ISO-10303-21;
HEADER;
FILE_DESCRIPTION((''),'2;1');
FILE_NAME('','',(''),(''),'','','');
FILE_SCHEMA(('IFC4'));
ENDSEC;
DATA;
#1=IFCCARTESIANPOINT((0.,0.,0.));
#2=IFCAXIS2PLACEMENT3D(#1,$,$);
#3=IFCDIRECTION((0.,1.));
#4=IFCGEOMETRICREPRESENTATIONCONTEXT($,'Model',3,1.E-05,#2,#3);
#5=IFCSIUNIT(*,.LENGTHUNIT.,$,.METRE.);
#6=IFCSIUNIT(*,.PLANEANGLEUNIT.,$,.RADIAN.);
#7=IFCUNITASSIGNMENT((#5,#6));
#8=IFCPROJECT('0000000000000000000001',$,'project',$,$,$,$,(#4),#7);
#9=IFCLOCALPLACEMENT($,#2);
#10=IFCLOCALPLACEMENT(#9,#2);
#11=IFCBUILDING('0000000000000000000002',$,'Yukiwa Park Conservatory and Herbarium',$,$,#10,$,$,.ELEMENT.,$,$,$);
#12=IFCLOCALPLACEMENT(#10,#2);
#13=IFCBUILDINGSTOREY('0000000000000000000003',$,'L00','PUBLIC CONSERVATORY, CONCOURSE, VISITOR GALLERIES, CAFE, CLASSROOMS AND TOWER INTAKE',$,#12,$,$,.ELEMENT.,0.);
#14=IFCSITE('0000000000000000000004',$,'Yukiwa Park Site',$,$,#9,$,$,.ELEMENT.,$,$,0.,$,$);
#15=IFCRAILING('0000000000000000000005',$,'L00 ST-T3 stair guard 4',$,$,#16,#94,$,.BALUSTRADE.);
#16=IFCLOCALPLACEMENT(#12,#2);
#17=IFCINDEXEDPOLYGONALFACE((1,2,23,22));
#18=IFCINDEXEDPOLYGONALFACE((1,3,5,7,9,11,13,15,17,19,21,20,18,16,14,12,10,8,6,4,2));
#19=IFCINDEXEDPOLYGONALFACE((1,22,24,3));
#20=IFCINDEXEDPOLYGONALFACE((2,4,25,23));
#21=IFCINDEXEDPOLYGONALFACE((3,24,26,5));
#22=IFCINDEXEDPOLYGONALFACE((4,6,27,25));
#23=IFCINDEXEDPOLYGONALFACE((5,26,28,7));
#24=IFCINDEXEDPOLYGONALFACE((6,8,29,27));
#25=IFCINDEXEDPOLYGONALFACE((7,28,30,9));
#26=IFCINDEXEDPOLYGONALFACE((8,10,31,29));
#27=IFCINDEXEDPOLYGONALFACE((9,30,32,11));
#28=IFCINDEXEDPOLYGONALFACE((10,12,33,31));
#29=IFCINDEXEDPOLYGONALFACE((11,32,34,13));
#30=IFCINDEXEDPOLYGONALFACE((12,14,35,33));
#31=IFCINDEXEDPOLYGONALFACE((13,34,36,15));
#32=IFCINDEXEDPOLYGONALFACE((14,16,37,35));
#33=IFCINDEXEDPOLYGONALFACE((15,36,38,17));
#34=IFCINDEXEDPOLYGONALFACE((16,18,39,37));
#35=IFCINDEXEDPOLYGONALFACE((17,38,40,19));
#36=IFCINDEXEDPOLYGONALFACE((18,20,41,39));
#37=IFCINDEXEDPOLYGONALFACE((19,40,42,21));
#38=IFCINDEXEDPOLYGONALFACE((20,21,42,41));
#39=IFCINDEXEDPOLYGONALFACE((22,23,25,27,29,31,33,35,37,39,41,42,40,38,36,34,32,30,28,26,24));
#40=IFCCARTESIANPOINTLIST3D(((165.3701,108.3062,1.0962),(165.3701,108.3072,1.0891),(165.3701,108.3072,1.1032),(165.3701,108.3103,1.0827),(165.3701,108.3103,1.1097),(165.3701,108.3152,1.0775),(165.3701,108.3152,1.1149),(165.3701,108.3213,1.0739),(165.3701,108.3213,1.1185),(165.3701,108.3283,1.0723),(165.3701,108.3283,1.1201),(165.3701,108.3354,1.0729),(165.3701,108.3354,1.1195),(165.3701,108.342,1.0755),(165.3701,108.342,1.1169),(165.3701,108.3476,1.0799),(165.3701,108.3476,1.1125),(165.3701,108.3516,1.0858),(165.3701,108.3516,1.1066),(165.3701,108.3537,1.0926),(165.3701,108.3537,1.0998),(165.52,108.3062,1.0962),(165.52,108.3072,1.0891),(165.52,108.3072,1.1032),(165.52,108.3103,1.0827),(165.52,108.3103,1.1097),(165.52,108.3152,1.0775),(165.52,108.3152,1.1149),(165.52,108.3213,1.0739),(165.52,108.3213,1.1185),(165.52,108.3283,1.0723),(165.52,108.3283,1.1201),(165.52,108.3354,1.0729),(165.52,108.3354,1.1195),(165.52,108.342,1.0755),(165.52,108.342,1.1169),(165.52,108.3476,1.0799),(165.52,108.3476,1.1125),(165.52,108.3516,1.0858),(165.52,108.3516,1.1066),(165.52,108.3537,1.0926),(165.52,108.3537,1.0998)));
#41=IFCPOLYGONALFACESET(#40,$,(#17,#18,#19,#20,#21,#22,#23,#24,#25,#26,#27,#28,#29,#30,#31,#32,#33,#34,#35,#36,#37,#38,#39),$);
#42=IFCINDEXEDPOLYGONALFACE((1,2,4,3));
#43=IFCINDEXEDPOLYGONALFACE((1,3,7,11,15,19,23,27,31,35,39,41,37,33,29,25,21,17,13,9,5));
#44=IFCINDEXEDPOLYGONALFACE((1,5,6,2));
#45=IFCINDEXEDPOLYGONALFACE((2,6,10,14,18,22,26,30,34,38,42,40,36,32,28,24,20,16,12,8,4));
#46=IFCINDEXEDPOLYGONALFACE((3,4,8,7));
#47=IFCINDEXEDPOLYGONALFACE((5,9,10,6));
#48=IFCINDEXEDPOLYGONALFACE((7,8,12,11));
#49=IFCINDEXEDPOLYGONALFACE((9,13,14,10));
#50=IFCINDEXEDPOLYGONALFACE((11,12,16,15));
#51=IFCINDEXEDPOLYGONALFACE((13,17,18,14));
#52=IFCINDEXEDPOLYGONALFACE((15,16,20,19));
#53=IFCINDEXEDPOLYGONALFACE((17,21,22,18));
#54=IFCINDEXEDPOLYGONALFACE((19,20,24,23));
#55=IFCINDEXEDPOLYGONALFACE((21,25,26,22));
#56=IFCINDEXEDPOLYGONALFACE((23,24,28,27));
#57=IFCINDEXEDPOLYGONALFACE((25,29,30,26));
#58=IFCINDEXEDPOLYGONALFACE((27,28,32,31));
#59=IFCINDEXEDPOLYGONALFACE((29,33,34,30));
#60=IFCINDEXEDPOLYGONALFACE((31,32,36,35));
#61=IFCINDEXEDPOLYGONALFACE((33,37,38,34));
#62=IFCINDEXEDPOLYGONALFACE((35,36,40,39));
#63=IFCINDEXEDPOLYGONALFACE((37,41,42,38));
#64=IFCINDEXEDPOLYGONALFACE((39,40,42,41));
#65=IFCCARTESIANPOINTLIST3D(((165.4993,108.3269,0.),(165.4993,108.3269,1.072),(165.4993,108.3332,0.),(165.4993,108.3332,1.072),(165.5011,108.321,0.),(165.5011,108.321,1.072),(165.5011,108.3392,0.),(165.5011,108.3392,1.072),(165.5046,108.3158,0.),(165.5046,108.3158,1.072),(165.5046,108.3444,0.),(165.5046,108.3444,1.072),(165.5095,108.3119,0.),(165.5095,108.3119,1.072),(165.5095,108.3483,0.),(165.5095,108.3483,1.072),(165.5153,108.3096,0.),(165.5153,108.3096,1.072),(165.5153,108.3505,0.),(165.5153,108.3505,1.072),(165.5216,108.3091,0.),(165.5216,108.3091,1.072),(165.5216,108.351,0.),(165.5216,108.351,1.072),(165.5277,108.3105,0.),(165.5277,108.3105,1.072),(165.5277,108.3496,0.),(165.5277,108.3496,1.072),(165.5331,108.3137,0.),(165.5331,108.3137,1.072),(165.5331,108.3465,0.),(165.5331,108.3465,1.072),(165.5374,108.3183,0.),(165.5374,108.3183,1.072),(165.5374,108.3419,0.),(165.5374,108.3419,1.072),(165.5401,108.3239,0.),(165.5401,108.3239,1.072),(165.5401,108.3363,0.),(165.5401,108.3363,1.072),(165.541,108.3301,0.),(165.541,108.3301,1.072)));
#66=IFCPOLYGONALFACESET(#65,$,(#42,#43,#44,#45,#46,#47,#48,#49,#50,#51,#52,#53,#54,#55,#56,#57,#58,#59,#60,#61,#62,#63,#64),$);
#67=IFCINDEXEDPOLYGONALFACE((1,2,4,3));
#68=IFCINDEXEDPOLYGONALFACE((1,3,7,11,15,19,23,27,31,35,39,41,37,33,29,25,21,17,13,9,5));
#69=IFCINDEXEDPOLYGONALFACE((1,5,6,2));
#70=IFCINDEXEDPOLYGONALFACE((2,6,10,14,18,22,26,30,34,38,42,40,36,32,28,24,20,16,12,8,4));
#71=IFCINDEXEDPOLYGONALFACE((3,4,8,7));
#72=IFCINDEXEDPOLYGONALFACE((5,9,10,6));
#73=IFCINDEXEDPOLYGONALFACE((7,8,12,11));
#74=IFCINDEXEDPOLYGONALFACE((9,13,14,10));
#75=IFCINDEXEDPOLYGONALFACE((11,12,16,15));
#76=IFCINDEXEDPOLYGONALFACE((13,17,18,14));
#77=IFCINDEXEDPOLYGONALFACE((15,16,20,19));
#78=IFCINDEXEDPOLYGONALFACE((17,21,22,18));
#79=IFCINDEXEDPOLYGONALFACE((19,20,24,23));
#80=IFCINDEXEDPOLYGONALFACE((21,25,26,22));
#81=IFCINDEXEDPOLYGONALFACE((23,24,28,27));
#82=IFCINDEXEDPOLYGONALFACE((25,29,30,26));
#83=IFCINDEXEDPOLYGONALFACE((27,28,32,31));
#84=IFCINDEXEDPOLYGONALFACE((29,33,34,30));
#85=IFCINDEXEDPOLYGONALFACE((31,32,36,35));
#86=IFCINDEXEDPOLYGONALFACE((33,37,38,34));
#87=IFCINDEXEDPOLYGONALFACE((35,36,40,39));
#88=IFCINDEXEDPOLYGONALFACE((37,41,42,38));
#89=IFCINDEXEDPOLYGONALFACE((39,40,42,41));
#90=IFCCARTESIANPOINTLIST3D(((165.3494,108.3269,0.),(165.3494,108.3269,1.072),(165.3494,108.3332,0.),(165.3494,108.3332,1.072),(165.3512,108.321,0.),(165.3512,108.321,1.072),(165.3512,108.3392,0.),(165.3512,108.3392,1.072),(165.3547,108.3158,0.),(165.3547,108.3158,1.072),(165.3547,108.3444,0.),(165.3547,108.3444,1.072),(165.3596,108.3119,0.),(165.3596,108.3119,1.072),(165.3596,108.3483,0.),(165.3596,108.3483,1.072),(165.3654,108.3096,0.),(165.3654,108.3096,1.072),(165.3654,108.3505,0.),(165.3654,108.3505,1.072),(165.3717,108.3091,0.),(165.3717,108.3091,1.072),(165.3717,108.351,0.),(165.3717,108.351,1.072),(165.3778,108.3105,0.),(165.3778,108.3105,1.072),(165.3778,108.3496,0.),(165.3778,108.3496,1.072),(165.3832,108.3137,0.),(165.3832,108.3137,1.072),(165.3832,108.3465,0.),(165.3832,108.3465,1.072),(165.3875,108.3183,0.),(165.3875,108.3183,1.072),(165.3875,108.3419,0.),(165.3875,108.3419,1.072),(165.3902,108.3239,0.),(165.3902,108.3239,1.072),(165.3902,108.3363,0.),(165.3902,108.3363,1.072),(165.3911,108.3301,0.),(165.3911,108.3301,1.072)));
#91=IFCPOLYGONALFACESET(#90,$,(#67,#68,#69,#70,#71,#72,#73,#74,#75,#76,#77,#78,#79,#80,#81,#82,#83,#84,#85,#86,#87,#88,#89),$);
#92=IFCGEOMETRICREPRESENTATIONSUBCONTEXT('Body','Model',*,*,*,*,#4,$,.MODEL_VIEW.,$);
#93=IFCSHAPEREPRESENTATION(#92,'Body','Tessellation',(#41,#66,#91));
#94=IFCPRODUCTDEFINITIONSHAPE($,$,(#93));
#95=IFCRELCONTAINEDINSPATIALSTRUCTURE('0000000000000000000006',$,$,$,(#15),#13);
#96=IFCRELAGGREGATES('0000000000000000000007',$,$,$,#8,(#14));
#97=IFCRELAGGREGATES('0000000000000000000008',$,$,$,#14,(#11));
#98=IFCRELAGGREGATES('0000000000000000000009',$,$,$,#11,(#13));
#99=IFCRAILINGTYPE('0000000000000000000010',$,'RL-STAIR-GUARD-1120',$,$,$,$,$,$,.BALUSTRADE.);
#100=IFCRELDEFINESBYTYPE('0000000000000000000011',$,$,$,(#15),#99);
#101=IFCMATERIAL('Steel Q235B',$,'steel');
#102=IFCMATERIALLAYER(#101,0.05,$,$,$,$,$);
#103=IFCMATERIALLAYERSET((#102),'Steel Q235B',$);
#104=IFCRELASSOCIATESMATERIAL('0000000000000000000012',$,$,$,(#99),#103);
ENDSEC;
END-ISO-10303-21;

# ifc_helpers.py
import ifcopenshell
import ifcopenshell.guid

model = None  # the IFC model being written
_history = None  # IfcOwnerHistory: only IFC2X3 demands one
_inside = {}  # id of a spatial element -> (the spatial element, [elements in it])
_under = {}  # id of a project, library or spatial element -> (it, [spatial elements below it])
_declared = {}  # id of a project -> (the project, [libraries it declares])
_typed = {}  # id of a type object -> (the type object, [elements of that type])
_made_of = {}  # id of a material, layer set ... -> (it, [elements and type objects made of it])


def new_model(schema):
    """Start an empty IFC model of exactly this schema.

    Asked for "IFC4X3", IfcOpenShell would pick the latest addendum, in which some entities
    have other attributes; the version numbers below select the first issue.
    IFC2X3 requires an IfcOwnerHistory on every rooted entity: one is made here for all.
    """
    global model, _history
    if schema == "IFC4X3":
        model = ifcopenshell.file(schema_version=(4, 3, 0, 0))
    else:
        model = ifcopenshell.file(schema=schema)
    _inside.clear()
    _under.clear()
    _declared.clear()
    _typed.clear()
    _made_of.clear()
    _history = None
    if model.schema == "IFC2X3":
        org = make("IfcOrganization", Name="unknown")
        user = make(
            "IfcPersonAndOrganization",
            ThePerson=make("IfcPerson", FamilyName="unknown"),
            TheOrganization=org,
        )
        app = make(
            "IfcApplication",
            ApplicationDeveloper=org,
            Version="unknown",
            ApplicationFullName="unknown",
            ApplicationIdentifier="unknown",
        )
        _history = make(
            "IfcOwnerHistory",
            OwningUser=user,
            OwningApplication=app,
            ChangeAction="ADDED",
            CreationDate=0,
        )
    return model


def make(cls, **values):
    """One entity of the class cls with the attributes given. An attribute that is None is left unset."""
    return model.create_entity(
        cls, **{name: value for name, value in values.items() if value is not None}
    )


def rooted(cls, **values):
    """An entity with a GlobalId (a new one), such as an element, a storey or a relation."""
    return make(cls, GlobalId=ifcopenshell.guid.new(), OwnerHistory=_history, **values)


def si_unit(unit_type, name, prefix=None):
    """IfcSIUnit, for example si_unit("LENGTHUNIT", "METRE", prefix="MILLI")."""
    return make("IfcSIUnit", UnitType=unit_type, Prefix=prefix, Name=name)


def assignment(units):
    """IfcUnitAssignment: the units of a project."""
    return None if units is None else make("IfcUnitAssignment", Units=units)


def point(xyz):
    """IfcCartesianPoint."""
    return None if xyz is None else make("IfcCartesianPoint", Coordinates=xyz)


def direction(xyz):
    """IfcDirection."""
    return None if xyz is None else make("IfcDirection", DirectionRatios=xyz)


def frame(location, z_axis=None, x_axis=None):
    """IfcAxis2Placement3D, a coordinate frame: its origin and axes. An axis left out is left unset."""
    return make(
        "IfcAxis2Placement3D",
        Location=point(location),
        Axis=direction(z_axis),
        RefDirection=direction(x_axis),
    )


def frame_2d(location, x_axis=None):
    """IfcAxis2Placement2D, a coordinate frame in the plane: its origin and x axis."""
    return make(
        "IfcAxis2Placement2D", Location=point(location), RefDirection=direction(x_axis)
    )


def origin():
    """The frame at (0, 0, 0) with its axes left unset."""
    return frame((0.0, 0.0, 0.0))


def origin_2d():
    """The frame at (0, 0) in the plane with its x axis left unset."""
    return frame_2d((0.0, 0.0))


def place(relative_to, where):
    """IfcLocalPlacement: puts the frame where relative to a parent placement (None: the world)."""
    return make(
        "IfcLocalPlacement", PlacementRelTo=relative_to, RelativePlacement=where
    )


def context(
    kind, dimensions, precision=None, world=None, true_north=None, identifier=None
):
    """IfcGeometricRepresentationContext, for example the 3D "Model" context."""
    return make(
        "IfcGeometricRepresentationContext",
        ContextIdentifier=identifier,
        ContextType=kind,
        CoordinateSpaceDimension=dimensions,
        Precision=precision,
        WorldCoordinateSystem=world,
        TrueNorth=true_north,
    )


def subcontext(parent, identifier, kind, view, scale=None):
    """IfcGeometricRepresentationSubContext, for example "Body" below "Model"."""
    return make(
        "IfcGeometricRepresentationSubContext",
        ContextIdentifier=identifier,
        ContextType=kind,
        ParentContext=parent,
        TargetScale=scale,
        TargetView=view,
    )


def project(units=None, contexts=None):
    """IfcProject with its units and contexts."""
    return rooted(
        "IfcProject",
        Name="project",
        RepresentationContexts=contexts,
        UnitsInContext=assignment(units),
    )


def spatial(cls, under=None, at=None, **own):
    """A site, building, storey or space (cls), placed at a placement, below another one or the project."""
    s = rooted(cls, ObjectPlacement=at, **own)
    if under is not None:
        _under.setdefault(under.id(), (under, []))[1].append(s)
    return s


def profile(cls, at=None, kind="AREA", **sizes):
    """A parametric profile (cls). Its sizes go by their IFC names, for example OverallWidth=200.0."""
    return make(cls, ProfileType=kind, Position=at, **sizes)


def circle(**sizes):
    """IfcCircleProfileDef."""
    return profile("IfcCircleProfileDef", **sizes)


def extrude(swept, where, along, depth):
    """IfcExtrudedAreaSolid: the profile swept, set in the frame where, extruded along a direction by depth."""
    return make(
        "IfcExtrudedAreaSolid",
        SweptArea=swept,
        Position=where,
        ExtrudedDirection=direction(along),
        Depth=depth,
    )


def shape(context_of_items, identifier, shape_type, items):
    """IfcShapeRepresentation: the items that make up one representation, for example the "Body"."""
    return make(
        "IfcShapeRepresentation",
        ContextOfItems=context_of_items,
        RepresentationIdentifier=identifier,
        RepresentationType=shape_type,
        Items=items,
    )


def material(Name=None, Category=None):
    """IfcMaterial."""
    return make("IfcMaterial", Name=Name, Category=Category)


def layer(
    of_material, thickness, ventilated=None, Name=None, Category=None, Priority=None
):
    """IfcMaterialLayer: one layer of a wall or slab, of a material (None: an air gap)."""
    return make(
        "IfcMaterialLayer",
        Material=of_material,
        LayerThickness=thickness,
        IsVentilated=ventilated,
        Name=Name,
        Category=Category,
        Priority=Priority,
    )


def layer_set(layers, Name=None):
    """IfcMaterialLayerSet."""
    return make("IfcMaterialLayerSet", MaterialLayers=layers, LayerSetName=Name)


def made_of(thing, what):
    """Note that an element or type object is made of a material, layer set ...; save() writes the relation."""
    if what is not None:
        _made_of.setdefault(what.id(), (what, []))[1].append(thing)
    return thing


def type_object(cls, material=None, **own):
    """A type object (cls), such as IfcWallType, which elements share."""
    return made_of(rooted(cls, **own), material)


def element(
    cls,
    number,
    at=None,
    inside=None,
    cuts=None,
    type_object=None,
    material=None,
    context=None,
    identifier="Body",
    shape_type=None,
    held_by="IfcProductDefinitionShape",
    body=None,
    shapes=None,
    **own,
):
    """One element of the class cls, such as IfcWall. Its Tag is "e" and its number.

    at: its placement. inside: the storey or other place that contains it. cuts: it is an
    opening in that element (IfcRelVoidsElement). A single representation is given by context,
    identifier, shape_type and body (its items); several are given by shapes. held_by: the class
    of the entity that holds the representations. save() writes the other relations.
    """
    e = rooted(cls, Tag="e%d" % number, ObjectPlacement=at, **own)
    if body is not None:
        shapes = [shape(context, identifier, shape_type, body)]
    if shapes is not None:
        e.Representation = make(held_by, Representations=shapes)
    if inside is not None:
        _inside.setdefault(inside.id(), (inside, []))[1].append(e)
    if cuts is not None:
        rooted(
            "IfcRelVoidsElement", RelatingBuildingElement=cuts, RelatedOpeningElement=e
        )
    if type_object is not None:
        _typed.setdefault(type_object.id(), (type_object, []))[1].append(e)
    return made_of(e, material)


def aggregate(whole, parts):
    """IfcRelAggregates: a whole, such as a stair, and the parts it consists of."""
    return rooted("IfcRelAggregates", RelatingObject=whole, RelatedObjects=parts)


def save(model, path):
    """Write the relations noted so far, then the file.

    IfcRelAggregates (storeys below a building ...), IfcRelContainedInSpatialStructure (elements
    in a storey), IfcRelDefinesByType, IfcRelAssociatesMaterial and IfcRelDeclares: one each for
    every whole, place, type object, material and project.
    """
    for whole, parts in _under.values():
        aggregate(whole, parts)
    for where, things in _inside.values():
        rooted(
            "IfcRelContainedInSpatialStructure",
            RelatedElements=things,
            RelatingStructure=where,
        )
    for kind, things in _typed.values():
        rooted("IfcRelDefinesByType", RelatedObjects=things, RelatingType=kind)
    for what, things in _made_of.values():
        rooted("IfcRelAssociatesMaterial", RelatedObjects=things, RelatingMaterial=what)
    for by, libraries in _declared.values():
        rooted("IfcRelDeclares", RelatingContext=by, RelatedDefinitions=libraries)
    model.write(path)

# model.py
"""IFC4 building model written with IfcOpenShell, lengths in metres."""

from ifc_helpers import new_model, si_unit, direction, frame, origin, origin_2d, place, context, subcontext, project, spatial, circle, extrude, material, layer, layer_set, type_object, element, save


model = new_model("IFC4")

# Units and contexts
model_context = context("Model", 3, precision=1e-05, world=origin(), true_north=direction((0.0, 1.0)))
body_context = subcontext(model_context, "Body", "Model", "MODEL_VIEW")
ifc_project = project(units=[si_unit("LENGTHUNIT", "METRE"), si_unit("PLANEANGLEUNIT", "RADIAN")], contexts=[model_context])

# Site, building, storey
site_placement = place(None, origin())
site = spatial("IfcSite", under=ifc_project, at=site_placement, Name="Yukiwa Park Site", CompositionType="ELEMENT", RefElevation=0.0)
building_placement = place(site_placement, origin())
building = spatial("IfcBuilding", under=site, at=building_placement, Name="Yukiwa Park Conservatory and Herbarium", CompositionType="ELEMENT")
storey_placement = place(building_placement, origin())
storey = spatial("IfcBuildingStorey", under=building, at=storey_placement, Name="L00", Description="PUBLIC CONSERVATORY, CONCOURSE, VISITOR GALLERIES, CAFE, CLASSROOMS AND TOWER INTAKE", CompositionType="ELEMENT", Elevation=0.0)

# Railing
ifc_material_1 = material(Name="Steel Q235B", Category="steel")
ifc_layer_1 = layer(ifc_material_1, 0.05)
ifc_layer_set_1 = layer_set([ifc_layer_1], Name="Steel Q235B")
railing_type_1 = type_object("IfcRailingType", Name="RL-STAIR-GUARD-1120", PredefinedType="BALUSTRADE", material=ifc_layer_set_1)
railing_1_placement = place(storey_placement, frame((165.52, 108.3301, 0.0)))
element("IfcRailing", 1, at=railing_1_placement, inside=storey, type_object=railing_type_1, Name="L00 ST-T3 stair guard 4", PredefinedType="BALUSTRADE", context=body_context, shape_type="SweptSolid", body=[
    extrude(circle(Radius=0.0239, at=origin_2d()), frame((0.0, 0.0, 1.0962), z_axis=(-1.0, 0.0, 0.0), x_axis=(0.0, -1.0, 0.0)), (0.0, 0.0, 1.0), 0.1499),
    extrude(circle(Radius=0.021, at=origin_2d()), origin(), (0.0, 0.0, 1.0), 1.072),
    extrude(circle(Radius=0.021, at=origin_2d()), frame((-0.1499, 0.0, 0.0)), (0.0, 0.0, 1.0), 1.072),
])

save(model, "model.ifc")
